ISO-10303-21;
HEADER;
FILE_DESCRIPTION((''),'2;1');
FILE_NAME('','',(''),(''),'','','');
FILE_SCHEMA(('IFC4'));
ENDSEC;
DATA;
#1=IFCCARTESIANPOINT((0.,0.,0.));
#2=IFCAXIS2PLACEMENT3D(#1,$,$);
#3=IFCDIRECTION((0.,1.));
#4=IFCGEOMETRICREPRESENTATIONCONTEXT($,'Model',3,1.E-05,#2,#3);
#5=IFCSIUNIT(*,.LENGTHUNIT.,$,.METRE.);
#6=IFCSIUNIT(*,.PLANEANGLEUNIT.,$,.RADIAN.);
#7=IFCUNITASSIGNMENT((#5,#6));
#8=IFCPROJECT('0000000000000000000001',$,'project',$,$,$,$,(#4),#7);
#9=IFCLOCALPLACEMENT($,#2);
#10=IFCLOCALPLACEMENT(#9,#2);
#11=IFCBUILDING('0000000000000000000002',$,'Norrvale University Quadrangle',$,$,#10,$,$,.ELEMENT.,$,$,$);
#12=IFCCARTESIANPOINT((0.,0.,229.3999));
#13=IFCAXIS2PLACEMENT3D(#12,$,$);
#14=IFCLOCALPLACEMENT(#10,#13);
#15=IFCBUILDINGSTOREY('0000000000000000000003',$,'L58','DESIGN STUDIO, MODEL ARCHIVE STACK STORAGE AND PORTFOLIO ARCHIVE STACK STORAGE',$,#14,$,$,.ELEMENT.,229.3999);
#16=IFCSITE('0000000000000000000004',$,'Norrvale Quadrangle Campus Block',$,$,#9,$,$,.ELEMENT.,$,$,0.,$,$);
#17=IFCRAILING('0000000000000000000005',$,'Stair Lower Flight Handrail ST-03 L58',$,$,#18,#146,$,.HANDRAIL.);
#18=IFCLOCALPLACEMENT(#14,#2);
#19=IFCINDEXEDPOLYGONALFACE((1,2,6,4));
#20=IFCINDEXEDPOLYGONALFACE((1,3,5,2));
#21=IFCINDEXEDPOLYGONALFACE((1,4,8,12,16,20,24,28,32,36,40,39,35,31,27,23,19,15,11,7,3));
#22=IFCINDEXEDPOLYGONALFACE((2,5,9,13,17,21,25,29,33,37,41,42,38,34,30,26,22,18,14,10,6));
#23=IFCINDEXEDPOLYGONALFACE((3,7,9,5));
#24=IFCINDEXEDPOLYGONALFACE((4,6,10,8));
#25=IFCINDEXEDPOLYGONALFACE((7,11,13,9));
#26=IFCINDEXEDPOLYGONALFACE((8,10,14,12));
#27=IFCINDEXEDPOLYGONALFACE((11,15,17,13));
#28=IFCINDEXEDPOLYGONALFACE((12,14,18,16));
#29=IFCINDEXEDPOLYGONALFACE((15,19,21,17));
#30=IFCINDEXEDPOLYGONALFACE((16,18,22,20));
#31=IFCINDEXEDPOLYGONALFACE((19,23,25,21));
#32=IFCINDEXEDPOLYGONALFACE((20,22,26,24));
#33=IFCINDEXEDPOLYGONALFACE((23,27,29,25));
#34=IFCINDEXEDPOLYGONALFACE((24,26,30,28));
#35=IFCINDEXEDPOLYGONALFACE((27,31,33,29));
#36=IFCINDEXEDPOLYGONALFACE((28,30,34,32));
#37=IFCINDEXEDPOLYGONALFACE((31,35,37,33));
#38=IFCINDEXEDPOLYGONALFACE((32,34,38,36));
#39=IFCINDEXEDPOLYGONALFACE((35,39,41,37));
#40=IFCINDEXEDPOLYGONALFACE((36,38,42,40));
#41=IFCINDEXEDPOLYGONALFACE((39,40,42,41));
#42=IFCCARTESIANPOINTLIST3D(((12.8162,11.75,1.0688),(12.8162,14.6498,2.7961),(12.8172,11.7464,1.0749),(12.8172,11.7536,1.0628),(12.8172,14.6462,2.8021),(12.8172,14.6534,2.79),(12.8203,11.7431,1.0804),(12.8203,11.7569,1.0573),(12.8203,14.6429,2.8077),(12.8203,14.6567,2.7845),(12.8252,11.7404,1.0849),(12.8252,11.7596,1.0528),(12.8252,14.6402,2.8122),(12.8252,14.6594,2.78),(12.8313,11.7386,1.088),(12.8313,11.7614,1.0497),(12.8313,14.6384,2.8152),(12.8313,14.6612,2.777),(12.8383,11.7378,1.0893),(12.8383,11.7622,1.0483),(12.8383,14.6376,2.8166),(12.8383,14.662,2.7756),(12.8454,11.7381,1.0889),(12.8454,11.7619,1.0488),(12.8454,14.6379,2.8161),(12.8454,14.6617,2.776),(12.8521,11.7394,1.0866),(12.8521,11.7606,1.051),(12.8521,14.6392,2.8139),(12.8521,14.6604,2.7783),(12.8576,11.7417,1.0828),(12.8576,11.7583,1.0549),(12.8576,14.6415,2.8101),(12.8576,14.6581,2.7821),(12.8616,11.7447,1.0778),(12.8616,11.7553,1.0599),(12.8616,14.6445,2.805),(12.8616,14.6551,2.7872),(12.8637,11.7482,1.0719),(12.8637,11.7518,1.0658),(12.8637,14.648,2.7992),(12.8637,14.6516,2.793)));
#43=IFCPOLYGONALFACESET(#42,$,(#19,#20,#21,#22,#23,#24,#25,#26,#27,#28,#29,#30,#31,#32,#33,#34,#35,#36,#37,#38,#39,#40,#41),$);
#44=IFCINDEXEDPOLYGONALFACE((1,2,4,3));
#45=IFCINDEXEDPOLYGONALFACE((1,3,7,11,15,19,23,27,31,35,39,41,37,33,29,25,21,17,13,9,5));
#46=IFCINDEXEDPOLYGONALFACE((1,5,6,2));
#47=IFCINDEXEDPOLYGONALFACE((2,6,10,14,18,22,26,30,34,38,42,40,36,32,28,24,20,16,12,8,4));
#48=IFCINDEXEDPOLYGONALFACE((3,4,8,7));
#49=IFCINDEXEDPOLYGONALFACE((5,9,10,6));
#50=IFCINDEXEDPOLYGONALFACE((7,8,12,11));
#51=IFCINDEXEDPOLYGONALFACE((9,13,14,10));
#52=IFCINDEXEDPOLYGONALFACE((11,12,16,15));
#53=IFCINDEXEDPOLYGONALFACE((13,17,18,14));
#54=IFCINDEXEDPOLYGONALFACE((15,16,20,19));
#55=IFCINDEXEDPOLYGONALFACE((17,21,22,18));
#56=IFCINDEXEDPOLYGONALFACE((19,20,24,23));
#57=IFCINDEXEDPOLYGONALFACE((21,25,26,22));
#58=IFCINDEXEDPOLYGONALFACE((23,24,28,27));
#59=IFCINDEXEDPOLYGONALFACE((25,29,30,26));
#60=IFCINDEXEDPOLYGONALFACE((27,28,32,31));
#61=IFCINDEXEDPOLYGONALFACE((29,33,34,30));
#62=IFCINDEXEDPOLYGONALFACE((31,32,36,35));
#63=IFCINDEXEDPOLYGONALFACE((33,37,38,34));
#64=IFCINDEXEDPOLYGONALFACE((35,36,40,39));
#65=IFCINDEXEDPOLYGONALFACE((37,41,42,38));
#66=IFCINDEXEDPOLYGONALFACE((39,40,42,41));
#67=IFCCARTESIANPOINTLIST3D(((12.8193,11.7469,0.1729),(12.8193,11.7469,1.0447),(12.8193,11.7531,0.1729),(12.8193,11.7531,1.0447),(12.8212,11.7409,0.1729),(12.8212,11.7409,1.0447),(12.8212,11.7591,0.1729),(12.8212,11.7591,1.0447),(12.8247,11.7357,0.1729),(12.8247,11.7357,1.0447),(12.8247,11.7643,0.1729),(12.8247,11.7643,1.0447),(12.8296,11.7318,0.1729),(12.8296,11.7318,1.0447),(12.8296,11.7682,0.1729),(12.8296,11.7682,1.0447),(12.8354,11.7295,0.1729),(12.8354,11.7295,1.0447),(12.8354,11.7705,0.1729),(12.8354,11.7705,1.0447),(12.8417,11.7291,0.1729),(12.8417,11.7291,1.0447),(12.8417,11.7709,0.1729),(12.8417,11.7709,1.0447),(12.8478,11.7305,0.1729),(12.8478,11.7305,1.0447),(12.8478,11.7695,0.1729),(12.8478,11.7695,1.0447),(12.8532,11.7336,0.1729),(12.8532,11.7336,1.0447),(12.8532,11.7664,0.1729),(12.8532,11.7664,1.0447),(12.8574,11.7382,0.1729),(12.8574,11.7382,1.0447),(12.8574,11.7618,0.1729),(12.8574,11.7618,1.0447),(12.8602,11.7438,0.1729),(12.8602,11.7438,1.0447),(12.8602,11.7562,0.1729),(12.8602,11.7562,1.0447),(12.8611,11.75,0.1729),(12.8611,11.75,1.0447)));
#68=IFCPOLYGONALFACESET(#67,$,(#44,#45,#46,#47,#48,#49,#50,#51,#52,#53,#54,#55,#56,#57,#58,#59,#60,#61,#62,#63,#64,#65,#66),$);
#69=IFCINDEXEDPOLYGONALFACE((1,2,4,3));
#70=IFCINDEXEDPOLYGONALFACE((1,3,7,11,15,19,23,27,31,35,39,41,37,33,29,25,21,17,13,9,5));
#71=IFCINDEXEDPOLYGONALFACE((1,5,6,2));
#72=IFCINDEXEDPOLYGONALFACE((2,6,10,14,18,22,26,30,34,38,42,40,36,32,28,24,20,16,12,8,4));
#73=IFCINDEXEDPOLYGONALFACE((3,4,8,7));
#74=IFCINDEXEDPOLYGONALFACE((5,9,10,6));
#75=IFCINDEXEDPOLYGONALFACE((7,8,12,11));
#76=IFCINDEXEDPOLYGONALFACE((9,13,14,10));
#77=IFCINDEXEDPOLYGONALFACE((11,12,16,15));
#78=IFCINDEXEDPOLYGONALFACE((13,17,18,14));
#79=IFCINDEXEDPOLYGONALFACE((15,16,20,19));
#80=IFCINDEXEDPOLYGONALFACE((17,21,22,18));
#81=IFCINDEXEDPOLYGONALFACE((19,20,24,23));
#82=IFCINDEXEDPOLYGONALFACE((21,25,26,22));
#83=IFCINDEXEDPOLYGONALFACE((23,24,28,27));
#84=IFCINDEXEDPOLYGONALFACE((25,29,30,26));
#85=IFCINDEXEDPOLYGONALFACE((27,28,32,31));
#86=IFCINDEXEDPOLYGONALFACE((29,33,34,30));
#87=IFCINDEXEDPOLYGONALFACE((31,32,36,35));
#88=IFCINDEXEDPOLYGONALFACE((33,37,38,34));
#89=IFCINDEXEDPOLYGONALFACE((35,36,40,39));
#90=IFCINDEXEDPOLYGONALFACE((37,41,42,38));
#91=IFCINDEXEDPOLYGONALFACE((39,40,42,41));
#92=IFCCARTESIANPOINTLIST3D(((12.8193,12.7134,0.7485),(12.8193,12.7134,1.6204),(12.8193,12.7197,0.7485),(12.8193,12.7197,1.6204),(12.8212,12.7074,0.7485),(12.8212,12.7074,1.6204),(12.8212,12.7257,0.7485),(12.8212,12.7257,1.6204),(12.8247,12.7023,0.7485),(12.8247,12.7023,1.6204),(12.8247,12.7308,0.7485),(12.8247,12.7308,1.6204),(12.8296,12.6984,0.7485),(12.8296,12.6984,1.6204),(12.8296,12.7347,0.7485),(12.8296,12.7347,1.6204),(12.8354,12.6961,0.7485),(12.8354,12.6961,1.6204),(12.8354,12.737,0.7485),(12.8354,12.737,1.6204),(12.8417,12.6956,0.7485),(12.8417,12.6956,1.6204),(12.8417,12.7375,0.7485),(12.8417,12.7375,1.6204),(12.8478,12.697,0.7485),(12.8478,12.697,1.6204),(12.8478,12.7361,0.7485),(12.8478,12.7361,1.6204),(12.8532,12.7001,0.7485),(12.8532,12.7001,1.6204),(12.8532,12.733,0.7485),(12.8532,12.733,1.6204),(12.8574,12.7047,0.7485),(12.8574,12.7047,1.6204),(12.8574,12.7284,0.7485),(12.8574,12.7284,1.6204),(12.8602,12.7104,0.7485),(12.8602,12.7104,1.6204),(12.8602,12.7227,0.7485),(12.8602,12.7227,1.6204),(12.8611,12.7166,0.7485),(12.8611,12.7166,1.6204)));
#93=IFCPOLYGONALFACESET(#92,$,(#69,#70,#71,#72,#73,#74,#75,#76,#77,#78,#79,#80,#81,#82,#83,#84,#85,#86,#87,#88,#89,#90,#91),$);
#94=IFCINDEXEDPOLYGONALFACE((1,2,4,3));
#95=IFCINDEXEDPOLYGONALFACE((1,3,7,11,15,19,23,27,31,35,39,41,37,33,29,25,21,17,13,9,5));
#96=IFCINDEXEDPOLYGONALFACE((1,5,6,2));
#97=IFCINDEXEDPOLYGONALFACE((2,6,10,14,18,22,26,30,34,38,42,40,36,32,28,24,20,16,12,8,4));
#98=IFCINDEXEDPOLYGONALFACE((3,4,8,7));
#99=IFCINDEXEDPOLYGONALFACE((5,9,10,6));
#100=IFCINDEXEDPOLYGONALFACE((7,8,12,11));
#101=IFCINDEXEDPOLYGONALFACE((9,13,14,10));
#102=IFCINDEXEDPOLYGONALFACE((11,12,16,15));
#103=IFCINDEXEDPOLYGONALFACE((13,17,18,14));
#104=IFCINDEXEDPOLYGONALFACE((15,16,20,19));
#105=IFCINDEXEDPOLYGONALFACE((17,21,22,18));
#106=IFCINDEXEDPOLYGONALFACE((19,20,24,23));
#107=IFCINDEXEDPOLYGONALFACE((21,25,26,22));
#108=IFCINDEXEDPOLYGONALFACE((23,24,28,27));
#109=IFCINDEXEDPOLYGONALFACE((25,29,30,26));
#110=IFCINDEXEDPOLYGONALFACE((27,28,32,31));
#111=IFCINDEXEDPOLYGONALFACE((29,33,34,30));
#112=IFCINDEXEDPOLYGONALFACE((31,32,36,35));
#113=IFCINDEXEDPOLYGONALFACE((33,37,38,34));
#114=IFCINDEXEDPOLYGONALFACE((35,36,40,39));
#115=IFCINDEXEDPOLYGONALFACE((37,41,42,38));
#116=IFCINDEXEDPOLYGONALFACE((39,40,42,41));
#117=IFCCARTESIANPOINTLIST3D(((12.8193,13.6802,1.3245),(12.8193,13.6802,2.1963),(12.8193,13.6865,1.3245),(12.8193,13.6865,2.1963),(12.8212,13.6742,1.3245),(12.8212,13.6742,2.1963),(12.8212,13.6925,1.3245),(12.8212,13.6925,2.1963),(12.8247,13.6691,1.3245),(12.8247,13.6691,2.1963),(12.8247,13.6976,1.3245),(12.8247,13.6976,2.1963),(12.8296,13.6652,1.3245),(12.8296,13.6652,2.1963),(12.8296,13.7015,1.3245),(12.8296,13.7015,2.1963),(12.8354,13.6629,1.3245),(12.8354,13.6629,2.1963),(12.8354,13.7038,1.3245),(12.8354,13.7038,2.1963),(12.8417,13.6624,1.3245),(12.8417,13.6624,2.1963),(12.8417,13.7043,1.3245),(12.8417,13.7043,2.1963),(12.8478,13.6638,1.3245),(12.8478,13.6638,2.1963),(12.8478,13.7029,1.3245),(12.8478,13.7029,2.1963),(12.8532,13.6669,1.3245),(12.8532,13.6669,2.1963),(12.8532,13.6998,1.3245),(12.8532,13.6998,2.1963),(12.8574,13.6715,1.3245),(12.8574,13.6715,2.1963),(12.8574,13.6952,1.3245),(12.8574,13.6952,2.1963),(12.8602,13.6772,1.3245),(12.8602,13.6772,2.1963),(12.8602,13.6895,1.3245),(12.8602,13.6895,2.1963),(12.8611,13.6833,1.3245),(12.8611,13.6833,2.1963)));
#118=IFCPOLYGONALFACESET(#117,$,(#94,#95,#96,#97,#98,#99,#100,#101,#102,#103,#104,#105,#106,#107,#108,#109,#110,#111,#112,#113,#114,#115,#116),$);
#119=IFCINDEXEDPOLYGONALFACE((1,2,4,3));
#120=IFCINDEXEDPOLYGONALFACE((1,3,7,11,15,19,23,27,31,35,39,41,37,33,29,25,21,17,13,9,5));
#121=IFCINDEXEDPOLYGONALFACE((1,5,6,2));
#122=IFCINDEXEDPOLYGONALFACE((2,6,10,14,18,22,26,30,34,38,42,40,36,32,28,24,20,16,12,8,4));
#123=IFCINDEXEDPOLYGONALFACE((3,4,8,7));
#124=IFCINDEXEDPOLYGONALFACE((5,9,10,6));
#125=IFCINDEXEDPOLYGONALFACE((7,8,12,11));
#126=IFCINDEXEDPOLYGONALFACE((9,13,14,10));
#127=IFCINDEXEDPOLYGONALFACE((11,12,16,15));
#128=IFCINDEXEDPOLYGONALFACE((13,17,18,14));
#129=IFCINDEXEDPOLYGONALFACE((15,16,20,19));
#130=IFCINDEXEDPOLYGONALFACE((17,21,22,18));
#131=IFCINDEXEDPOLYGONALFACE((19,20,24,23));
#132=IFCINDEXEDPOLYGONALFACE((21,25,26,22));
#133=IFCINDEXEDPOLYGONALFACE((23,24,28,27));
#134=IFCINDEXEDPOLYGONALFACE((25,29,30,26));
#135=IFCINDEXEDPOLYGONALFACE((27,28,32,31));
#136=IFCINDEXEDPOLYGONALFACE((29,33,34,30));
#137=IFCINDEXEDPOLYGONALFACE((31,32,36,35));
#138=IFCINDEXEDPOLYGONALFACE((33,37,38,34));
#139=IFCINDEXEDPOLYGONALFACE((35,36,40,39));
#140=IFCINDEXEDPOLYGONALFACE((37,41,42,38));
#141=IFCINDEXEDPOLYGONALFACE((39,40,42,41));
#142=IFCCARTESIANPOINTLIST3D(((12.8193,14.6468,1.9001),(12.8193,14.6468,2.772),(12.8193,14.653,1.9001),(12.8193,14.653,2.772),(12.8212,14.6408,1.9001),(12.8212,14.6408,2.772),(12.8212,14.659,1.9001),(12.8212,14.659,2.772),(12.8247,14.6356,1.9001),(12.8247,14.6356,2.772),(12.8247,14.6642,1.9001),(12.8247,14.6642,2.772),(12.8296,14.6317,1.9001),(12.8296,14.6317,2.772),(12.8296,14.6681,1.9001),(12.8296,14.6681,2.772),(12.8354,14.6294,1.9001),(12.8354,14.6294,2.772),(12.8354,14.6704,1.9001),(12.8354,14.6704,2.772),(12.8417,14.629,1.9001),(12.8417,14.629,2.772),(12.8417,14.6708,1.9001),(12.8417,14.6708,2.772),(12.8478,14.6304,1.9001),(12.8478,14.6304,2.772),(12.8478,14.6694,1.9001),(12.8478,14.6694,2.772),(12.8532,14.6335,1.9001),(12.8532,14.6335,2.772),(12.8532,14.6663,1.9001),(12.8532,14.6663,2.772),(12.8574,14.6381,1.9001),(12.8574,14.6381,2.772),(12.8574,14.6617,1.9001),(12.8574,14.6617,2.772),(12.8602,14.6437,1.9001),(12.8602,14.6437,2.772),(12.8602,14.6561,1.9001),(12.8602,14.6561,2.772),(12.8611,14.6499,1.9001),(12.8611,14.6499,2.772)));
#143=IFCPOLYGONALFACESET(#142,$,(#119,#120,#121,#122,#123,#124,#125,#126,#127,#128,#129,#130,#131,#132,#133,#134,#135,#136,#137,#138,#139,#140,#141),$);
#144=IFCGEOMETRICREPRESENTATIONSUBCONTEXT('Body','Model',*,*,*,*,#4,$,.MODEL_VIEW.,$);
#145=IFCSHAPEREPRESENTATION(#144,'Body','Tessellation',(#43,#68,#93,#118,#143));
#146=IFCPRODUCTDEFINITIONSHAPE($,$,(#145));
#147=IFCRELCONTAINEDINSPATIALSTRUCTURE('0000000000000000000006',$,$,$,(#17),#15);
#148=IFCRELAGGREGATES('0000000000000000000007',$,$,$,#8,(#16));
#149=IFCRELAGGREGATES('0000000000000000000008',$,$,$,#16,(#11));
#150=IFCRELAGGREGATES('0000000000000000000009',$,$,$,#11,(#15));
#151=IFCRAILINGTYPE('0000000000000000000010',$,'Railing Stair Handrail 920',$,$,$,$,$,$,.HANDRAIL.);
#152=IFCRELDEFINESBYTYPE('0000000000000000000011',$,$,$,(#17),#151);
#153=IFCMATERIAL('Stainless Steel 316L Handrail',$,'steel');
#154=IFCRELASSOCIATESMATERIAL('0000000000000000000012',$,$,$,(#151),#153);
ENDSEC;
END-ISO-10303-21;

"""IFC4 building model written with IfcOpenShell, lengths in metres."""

from ifc_helpers import new_model, si_unit, direction, frame, origin, origin_2d, place, context, subcontext, project, spatial, circle, extrude, material, type_object, element, save


model = new_model("IFC4")

# Units and contexts
model_context = context("Model", 3, precision=1e-05, world=origin(), true_north=direction((0.0, 1.0)))
body_context = subcontext(model_context, "Body", "Model", "MODEL_VIEW")
ifc_project = project(units=[si_unit("LENGTHUNIT", "METRE"), si_unit("PLANEANGLEUNIT", "RADIAN")], contexts=[model_context])

# Site, building, storey
site_placement = place(None, origin())
site = spatial("IfcSite", under=ifc_project, at=site_placement, Name="Norrvale Quadrangle Campus Block", CompositionType="ELEMENT", RefElevation=0.0)
building_placement = place(site_placement, origin())
building = spatial("IfcBuilding", under=site, at=building_placement, Name="Norrvale University Quadrangle", CompositionType="ELEMENT")
storey_placement = place(building_placement, frame((0.0, 0.0, 229.3999)))
storey = spatial("IfcBuildingStorey", under=building, at=storey_placement, Name="L58", Description="DESIGN STUDIO, MODEL ARCHIVE STACK STORAGE AND PORTFOLIO ARCHIVE STACK STORAGE", CompositionType="ELEMENT", Elevation=229.3999)

# Railing
ifc_material_1 = material(Name="Stainless Steel 316L Handrail", Category="steel")
railing_type_1 = type_object("IfcRailingType", Name="Railing Stair Handrail 920", PredefinedType="HANDRAIL", material=ifc_material_1)
railing_1_placement = place(storey_placement, frame((12.8401, 11.75, 0.1729)))
element("IfcRailing", 1, at=railing_1_placement, inside=storey, type_object=railing_type_1, Name="Stair Lower Flight Handrail ST-03 L58", PredefinedType="HANDRAIL", context=body_context, shape_type="SweptSolid", body=[
    extrude(circle(Radius=0.0239, at=origin_2d()), frame((0.0, 0.0, 0.896), z_axis=(0.0, 0.859141, 0.511738), x_axis=(-1.0, 0.0, 0.0)), (0.0, 0.0, 1.0), 3.3752),
    extrude(circle(Radius=0.021, at=origin_2d()), origin(), (0.0, 0.0, 1.0), 0.8718),
    extrude(circle(Radius=0.021, at=origin_2d()), frame((0.0, 0.9666, 0.5757)), (0.0, 0.0, 1.0), 0.8718),
    extrude(circle(Radius=0.021, at=origin_2d()), frame((0.0, 1.9333, 1.1516)), (0.0, 0.0, 1.0), 0.8718),
    extrude(circle(Radius=0.021, at=origin_2d()), frame((0.0, 2.8999, 1.7273)), (0.0, 0.0, 1.0), 0.8718),
])

save(model, "model.ifc")
